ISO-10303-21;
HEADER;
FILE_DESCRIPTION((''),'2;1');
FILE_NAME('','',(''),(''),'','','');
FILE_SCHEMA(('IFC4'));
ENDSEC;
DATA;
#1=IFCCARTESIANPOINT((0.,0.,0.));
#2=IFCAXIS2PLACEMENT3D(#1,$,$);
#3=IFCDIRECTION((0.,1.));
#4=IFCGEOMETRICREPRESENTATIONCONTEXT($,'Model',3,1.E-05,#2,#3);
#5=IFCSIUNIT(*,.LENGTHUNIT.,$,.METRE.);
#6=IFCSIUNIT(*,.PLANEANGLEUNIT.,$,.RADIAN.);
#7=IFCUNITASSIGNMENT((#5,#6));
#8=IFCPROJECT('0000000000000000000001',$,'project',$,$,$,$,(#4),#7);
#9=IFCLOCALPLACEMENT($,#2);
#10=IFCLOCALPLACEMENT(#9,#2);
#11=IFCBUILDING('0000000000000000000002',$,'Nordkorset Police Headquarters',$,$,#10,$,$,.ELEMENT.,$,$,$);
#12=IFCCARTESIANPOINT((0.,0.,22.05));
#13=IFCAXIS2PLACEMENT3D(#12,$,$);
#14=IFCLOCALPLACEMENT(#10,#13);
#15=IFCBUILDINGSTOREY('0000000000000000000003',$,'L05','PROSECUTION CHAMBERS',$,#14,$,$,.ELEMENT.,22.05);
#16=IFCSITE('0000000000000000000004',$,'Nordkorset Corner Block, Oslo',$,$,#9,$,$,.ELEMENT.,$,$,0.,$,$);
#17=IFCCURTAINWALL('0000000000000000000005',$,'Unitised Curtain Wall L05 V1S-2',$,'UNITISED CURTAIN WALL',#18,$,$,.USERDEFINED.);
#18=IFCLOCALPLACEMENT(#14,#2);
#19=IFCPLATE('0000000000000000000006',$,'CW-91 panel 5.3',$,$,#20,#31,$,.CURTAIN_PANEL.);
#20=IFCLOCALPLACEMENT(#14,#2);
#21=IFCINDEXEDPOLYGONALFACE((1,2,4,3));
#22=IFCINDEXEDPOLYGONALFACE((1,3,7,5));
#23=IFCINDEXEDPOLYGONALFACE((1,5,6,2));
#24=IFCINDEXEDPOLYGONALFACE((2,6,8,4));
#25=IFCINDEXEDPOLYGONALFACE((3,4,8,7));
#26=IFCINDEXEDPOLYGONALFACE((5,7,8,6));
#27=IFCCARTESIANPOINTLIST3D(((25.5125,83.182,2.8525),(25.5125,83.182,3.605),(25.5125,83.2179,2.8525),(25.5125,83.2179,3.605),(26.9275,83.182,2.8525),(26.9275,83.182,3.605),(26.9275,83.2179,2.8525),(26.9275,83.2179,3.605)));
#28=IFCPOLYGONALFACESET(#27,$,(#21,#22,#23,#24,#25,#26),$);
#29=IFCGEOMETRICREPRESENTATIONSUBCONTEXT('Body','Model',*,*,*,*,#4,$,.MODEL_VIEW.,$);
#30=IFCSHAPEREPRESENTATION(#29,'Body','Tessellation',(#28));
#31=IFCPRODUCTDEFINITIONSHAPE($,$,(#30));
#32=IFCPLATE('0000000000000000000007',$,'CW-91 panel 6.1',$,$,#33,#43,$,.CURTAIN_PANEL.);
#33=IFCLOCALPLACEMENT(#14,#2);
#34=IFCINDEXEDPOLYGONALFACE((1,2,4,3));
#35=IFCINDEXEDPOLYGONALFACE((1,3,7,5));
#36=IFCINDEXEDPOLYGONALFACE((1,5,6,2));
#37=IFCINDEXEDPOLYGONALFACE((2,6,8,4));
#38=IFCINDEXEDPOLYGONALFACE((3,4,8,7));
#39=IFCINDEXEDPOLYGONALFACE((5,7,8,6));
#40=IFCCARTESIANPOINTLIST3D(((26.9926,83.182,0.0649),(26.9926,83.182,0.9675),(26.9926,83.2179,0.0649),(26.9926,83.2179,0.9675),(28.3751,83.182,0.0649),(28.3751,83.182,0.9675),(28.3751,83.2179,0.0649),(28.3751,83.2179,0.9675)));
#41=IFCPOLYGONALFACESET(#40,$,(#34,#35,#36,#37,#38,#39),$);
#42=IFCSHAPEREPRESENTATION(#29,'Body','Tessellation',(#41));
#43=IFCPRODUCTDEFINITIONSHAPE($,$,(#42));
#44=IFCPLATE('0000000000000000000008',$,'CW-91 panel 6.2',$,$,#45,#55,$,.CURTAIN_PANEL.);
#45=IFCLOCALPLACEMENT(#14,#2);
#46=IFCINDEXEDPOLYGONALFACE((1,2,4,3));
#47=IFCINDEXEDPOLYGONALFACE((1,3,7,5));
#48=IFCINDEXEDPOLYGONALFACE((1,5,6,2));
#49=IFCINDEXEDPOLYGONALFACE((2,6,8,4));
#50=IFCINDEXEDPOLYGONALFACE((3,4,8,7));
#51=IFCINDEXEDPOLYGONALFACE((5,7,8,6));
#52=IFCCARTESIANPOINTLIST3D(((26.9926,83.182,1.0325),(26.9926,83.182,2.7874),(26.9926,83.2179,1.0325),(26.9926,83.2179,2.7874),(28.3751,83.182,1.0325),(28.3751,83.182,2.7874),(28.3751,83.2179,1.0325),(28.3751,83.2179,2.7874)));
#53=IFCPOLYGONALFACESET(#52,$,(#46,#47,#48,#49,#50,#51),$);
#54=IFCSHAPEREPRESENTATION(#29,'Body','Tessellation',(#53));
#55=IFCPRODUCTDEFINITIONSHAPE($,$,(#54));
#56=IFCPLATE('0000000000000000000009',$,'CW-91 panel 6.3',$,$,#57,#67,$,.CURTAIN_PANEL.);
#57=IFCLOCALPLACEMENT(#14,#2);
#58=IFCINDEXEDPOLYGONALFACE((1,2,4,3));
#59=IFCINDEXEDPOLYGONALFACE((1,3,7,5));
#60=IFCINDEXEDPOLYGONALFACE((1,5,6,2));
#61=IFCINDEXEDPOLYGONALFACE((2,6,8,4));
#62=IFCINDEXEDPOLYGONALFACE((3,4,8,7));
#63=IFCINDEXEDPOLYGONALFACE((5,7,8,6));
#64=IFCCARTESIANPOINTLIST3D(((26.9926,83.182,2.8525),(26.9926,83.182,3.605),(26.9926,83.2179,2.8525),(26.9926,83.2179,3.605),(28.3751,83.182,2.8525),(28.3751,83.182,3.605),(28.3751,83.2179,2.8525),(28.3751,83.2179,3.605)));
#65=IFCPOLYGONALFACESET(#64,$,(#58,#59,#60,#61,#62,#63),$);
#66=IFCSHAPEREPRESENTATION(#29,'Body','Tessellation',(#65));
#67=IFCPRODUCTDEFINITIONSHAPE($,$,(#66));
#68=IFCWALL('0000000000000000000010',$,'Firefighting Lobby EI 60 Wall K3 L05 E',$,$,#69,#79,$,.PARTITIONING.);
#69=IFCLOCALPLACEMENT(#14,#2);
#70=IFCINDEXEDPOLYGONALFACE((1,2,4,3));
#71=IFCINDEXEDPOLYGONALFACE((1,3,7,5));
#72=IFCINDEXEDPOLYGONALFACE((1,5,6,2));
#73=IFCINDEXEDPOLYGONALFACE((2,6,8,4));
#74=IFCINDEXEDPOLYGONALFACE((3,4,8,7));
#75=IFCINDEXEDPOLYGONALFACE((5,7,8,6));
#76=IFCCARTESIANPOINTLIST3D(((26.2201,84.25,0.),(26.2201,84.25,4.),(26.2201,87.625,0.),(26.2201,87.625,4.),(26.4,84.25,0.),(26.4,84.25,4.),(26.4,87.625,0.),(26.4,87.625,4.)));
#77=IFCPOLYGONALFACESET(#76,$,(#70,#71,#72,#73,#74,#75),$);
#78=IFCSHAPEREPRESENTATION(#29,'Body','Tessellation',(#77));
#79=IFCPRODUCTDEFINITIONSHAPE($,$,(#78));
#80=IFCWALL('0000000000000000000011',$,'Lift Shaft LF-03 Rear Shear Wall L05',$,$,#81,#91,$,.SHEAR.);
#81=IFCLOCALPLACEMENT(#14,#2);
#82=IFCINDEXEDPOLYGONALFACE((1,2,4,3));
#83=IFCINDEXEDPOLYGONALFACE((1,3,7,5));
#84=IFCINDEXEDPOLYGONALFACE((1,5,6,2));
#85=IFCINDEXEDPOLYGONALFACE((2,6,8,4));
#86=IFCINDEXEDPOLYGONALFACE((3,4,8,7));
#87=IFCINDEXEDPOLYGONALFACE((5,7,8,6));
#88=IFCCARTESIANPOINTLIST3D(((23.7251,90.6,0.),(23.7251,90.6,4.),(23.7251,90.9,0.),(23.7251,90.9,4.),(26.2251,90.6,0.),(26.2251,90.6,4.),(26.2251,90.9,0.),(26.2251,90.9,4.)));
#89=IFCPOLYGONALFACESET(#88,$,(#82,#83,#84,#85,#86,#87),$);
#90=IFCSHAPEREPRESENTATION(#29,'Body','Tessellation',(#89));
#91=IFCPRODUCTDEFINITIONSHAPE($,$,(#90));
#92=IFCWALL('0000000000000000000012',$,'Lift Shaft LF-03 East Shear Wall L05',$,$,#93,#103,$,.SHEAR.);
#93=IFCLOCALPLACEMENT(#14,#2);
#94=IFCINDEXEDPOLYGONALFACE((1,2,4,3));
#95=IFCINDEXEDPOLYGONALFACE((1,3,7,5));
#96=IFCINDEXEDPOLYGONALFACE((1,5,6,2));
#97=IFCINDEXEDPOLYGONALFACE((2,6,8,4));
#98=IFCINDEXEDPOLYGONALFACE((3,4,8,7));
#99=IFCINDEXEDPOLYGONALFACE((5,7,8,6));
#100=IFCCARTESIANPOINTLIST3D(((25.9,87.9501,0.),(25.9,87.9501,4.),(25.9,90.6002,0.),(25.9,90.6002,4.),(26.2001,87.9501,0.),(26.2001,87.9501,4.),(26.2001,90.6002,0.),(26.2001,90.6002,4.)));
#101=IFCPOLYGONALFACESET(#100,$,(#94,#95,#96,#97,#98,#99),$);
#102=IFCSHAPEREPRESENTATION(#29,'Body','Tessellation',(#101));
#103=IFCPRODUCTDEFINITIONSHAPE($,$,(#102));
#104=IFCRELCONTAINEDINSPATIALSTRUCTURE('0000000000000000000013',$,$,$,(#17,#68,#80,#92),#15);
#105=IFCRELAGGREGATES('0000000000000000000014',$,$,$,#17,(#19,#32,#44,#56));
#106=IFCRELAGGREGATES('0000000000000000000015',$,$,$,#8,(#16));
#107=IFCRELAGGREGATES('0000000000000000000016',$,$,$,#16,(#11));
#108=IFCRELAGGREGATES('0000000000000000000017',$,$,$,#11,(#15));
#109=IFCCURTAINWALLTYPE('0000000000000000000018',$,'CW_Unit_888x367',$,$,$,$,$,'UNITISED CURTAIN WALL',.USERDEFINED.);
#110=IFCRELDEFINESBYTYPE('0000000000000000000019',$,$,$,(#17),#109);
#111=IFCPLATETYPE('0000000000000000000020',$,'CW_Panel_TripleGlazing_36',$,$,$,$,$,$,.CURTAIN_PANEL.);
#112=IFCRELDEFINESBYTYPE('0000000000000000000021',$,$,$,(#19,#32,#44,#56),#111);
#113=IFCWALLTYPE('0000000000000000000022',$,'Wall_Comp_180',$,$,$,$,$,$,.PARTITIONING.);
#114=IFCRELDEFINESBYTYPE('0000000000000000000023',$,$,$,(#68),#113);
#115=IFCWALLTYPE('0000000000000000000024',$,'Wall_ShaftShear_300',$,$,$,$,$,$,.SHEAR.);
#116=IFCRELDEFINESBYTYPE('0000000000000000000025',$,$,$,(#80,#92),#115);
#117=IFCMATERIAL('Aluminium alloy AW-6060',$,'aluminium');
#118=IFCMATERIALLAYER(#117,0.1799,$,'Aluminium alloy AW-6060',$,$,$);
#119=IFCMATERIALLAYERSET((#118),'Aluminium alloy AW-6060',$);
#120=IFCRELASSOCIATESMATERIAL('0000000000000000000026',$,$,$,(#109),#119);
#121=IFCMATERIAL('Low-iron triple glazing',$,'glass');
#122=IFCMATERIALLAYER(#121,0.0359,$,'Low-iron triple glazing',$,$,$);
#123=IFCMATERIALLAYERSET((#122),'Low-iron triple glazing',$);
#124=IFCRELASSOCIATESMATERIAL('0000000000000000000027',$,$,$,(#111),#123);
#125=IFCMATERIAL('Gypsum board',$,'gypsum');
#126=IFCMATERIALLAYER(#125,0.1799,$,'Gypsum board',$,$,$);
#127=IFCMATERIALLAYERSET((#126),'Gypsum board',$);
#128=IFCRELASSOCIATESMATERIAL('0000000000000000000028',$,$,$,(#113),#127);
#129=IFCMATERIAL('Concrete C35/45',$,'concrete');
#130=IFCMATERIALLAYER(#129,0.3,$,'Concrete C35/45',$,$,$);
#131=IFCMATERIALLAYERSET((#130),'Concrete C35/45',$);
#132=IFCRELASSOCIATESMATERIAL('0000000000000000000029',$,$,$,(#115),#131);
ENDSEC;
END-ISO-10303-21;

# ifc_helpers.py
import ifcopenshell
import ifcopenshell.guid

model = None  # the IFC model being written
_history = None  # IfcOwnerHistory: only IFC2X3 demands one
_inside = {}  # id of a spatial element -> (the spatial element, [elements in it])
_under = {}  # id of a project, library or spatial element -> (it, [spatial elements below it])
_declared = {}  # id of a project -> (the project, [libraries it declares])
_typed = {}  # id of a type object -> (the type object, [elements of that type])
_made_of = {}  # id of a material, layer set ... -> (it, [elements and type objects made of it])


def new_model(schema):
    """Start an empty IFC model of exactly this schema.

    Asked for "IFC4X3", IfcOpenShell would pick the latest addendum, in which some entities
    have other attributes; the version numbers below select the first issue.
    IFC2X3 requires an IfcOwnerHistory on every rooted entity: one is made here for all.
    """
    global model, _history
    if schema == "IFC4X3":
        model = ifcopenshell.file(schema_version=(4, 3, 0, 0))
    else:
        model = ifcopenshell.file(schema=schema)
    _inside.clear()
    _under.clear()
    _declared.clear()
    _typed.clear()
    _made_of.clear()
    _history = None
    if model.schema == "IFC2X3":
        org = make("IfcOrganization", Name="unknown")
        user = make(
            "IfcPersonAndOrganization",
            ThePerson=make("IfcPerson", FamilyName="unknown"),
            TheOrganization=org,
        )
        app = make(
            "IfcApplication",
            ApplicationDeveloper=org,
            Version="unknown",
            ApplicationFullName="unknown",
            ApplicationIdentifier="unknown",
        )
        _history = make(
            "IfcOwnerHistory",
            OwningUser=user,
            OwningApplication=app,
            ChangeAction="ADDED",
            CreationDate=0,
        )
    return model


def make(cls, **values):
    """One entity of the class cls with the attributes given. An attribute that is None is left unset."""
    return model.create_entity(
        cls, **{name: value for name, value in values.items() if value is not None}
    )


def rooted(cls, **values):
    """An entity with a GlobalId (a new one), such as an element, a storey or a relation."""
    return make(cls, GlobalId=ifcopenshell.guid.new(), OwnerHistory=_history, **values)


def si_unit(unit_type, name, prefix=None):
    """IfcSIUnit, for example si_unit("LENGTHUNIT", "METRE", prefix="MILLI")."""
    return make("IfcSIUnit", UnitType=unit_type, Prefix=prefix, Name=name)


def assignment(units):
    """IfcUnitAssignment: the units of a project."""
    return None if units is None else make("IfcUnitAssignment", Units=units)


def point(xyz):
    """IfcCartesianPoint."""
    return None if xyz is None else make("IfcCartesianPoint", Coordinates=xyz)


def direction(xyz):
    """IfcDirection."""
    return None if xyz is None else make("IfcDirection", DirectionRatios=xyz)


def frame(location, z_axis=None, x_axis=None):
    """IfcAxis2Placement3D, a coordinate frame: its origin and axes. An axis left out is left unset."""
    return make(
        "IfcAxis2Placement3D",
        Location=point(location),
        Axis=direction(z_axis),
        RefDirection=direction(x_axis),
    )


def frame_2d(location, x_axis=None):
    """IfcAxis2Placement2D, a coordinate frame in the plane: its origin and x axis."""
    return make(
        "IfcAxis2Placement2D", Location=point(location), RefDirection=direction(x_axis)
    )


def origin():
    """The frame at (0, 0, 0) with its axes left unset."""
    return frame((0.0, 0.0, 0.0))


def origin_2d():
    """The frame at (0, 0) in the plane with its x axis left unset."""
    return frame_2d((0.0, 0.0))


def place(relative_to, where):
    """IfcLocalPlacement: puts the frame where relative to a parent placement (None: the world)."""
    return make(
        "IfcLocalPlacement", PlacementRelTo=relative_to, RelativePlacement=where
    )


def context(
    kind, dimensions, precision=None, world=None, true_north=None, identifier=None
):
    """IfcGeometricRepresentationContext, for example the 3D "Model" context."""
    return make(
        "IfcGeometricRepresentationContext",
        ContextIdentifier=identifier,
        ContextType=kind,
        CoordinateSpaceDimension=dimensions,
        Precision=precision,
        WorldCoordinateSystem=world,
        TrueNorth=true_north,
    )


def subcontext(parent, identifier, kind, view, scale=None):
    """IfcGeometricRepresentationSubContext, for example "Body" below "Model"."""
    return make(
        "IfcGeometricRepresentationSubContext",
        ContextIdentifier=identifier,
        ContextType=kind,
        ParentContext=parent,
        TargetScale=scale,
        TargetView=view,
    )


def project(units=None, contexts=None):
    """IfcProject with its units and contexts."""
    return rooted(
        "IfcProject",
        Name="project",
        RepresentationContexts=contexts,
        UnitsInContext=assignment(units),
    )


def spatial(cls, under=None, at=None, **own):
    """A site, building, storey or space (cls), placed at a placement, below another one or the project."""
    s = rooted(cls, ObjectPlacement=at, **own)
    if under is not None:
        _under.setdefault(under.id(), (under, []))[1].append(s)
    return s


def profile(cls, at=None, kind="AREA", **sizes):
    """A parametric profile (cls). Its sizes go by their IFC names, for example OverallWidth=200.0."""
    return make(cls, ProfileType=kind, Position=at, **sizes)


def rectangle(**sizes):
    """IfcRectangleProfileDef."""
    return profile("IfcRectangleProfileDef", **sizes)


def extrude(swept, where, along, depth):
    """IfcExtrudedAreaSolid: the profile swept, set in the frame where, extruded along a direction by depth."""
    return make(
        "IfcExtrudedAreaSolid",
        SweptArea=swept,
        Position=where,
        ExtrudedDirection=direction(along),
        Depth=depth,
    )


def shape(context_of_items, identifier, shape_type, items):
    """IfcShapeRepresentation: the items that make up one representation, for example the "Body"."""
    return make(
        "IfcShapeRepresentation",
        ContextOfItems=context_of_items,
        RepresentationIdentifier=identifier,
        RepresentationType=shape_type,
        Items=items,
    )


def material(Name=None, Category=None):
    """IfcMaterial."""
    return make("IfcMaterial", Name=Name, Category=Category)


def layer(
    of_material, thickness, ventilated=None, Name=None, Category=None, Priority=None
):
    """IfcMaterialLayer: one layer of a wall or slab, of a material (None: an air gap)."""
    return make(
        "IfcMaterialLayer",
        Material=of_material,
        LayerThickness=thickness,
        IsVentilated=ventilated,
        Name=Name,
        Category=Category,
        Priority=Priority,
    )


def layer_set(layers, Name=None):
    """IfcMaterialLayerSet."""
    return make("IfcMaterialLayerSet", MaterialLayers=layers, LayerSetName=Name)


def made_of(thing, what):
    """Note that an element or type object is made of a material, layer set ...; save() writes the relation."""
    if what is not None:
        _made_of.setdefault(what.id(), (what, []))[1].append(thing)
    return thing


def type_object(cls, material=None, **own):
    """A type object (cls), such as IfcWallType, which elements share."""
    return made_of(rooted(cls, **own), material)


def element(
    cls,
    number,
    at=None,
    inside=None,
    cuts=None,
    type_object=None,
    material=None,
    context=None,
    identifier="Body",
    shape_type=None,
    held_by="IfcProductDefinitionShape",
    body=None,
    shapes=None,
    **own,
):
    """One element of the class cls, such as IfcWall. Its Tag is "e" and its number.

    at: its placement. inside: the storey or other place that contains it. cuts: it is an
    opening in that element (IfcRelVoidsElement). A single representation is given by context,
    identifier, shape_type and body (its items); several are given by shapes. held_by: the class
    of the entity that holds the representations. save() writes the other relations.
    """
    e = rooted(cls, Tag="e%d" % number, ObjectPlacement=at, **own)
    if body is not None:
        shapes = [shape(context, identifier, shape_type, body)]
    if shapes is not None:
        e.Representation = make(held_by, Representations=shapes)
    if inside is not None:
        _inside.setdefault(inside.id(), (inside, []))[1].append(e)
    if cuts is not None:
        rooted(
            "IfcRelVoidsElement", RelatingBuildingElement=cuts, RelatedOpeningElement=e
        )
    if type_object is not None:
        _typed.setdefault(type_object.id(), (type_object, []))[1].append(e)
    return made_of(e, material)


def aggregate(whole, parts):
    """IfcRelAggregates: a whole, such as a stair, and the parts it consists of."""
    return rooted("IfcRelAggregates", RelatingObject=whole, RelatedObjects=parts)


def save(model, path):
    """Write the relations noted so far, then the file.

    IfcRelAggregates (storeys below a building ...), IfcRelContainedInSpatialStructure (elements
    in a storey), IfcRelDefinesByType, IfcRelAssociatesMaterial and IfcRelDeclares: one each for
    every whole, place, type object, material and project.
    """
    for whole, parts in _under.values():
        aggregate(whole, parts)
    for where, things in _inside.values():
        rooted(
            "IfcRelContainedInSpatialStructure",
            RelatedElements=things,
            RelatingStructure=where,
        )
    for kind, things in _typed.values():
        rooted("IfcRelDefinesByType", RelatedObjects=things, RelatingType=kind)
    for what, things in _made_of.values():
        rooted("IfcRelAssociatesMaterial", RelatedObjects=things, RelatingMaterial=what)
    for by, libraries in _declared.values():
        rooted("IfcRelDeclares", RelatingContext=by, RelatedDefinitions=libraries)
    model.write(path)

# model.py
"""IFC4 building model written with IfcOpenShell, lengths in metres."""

from ifc_helpers import new_model, si_unit, direction, frame, frame_2d, origin, origin_2d, place, context, subcontext, project, spatial, rectangle, extrude, material, layer, layer_set, type_object, element, aggregate, save


model = new_model("IFC4")

# Units and contexts
model_context = context("Model", 3, precision=1e-05, world=origin(), true_north=direction((0.0, 1.0)))
body_context = subcontext(model_context, "Body", "Model", "MODEL_VIEW")
ifc_project = project(units=[si_unit("LENGTHUNIT", "METRE"), si_unit("PLANEANGLEUNIT", "RADIAN")], contexts=[model_context])

# Site, building, storey
site_placement = place(None, origin())
site = spatial("IfcSite", under=ifc_project, at=site_placement, Name="Nordkorset Corner Block, Oslo", CompositionType="ELEMENT", RefElevation=0.0)
building_placement = place(site_placement, origin())
building = spatial("IfcBuilding", under=site, at=building_placement, Name="Nordkorset Police Headquarters", CompositionType="ELEMENT")
storey_placement = place(building_placement, frame((0.0, 0.0, 22.05)))
storey = spatial("IfcBuildingStorey", under=building, at=storey_placement, Name="L05", Description="PROSECUTION CHAMBERS", CompositionType="ELEMENT", Elevation=22.05)

# Curtain wall
ifc_material_1 = material(Name="Aluminium alloy AW-6060", Category="aluminium")
ifc_layer_1 = layer(ifc_material_1, 0.1799, Name="Aluminium alloy AW-6060")
ifc_layer_set_1 = layer_set([ifc_layer_1], Name="Aluminium alloy AW-6060")
curtain_wall_type_1 = type_object("IfcCurtainWallType", Name="CW_Unit_888x367", ElementType="UNITISED CURTAIN WALL", PredefinedType="USERDEFINED", material=ifc_layer_set_1)
curtain_wall_1_placement = place(storey_placement, origin())
curtain_wall_1 = element("IfcCurtainWall", 1, at=curtain_wall_1_placement, inside=storey, type_object=curtain_wall_type_1, Name="Unitised Curtain Wall L05 V1S-2", ObjectType="UNITISED CURTAIN WALL", PredefinedType="USERDEFINED")

# Plates
ifc_material_2 = material(Name="Low-iron triple glazing", Category="glass")
ifc_layer_2 = layer(ifc_material_2, 0.0359, Name="Low-iron triple glazing")
ifc_layer_set_2 = layer_set([ifc_layer_2], Name="Low-iron triple glazing")
plate_type = type_object("IfcPlateType", Name="CW_Panel_TripleGlazing_36", PredefinedType="CURTAIN_PANEL", material=ifc_layer_set_2)
plate_1_placement = place(storey_placement, frame((26.22, 83.2, 2.8525), z_axis=(0.0, 0.0, 1.0), x_axis=(1.0, 0.0, 0.0)))
plate_1 = element("IfcPlate", 2, at=plate_1_placement, type_object=plate_type, Name="CW-91 panel 5.3", PredefinedType="CURTAIN_PANEL", context=body_context, shape_type="SweptSolid", body=[
    extrude(rectangle(XDim=1.415, YDim=0.0359, at=origin_2d()), origin(), (0.0, 0.0, 1.0), 0.7524),
])
plate_2_placement = place(storey_placement, frame((27.6838, 83.2, 0.0649), z_axis=(0.0, 0.0, 1.0), x_axis=(1.0, 0.0, 0.0)))
plate_2 = element("IfcPlate", 3, at=plate_2_placement, type_object=plate_type, Name="CW-91 panel 6.1", PredefinedType="CURTAIN_PANEL", context=body_context, shape_type="SweptSolid", body=[
    extrude(rectangle(XDim=1.3826, YDim=0.0359, at=origin_2d()), origin(), (0.0, 0.0, 1.0), 0.9026),
])
plate_3_placement = place(storey_placement, frame((27.6838, 83.2, 1.0325), z_axis=(0.0, 0.0, 1.0), x_axis=(1.0, 0.0, 0.0)))
plate_3 = element("IfcPlate", 4, at=plate_3_placement, type_object=plate_type, Name="CW-91 panel 6.2", PredefinedType="CURTAIN_PANEL", context=body_context, shape_type="SweptSolid", body=[
    extrude(rectangle(XDim=1.3826, YDim=0.0359, at=origin_2d()), origin(), (0.0, 0.0, 1.0), 1.7549),
])
plate_4_placement = place(storey_placement, frame((27.6838, 83.2, 2.8525), z_axis=(0.0, 0.0, 1.0), x_axis=(1.0, 0.0, 0.0)))
plate_4 = element("IfcPlate", 5, at=plate_4_placement, type_object=plate_type, Name="CW-91 panel 6.3", PredefinedType="CURTAIN_PANEL", context=body_context, shape_type="SweptSolid", body=[
    extrude(rectangle(XDim=1.3826, YDim=0.0359, at=origin_2d()), origin(), (0.0, 0.0, 1.0), 0.7524),
])
aggregate(curtain_wall_1, [plate_1, plate_2, plate_3, plate_4])

# Walls
ifc_material_3 = material(Name="Gypsum board", Category="gypsum")
ifc_layer_3 = layer(ifc_material_3, 0.1799, Name="Gypsum board")
ifc_layer_set_3 = layer_set([ifc_layer_3], Name="Gypsum board")
wall_type_1 = type_object("IfcWallType", Name="Wall_Comp_180", PredefinedType="PARTITIONING", material=ifc_layer_set_3)
wall_1_placement = place(storey_placement, frame((26.3101, 84.25, 0.0), z_axis=(0.0, 0.0, 1.0), x_axis=(0.0, 1.0, 0.0)))
element("IfcWall", 6, at=wall_1_placement, inside=storey, type_object=wall_type_1, Name="Firefighting Lobby EI 60 Wall K3 L05 E", PredefinedType="PARTITIONING", context=body_context, shape_type="SweptSolid", body=[
    extrude(rectangle(XDim=3.375, YDim=0.1799, at=frame_2d((1.6875, 0.0))), origin(), (0.0, 0.0, 1.0), 4.0),
])
ifc_material_4 = material(Name="Concrete C35/45", Category="concrete")
ifc_layer_4 = layer(ifc_material_4, 0.3, Name="Concrete C35/45")
ifc_layer_set_4 = layer_set([ifc_layer_4], Name="Concrete C35/45")
wall_type_2 = type_object("IfcWallType", Name="Wall_ShaftShear_300", PredefinedType="SHEAR", material=ifc_layer_set_4)
wall_2_placement = place(storey_placement, frame((23.7251, 90.75, 0.0), z_axis=(0.0, 0.0, 1.0), x_axis=(1.0, 0.0, 0.0)))
element("IfcWall", 7, at=wall_2_placement, inside=storey, type_object=wall_type_2, Name="Lift Shaft LF-03 Rear Shear Wall L05", PredefinedType="SHEAR", context=body_context, shape_type="SweptSolid", body=[
    extrude(rectangle(XDim=2.5, YDim=0.3, at=frame_2d((1.25, 0.0))), origin(), (0.0, 0.0, 1.0), 4.0),
])
wall_3_placement = place(storey_placement, frame((26.05, 87.95, 0.0), z_axis=(0.0, 0.0, 1.0), x_axis=(0.0, 1.0, 0.0)))
element("IfcWall", 8, at=wall_3_placement, inside=storey, type_object=wall_type_2, Name="Lift Shaft LF-03 East Shear Wall L05", PredefinedType="SHEAR", context=body_context, shape_type="SweptSolid", body=[
    extrude(rectangle(XDim=2.6501, YDim=0.3, at=frame_2d((1.3252, 0.0))), origin(), (0.0, 0.0, 1.0), 4.0),
])

save(model, "model.ifc")
